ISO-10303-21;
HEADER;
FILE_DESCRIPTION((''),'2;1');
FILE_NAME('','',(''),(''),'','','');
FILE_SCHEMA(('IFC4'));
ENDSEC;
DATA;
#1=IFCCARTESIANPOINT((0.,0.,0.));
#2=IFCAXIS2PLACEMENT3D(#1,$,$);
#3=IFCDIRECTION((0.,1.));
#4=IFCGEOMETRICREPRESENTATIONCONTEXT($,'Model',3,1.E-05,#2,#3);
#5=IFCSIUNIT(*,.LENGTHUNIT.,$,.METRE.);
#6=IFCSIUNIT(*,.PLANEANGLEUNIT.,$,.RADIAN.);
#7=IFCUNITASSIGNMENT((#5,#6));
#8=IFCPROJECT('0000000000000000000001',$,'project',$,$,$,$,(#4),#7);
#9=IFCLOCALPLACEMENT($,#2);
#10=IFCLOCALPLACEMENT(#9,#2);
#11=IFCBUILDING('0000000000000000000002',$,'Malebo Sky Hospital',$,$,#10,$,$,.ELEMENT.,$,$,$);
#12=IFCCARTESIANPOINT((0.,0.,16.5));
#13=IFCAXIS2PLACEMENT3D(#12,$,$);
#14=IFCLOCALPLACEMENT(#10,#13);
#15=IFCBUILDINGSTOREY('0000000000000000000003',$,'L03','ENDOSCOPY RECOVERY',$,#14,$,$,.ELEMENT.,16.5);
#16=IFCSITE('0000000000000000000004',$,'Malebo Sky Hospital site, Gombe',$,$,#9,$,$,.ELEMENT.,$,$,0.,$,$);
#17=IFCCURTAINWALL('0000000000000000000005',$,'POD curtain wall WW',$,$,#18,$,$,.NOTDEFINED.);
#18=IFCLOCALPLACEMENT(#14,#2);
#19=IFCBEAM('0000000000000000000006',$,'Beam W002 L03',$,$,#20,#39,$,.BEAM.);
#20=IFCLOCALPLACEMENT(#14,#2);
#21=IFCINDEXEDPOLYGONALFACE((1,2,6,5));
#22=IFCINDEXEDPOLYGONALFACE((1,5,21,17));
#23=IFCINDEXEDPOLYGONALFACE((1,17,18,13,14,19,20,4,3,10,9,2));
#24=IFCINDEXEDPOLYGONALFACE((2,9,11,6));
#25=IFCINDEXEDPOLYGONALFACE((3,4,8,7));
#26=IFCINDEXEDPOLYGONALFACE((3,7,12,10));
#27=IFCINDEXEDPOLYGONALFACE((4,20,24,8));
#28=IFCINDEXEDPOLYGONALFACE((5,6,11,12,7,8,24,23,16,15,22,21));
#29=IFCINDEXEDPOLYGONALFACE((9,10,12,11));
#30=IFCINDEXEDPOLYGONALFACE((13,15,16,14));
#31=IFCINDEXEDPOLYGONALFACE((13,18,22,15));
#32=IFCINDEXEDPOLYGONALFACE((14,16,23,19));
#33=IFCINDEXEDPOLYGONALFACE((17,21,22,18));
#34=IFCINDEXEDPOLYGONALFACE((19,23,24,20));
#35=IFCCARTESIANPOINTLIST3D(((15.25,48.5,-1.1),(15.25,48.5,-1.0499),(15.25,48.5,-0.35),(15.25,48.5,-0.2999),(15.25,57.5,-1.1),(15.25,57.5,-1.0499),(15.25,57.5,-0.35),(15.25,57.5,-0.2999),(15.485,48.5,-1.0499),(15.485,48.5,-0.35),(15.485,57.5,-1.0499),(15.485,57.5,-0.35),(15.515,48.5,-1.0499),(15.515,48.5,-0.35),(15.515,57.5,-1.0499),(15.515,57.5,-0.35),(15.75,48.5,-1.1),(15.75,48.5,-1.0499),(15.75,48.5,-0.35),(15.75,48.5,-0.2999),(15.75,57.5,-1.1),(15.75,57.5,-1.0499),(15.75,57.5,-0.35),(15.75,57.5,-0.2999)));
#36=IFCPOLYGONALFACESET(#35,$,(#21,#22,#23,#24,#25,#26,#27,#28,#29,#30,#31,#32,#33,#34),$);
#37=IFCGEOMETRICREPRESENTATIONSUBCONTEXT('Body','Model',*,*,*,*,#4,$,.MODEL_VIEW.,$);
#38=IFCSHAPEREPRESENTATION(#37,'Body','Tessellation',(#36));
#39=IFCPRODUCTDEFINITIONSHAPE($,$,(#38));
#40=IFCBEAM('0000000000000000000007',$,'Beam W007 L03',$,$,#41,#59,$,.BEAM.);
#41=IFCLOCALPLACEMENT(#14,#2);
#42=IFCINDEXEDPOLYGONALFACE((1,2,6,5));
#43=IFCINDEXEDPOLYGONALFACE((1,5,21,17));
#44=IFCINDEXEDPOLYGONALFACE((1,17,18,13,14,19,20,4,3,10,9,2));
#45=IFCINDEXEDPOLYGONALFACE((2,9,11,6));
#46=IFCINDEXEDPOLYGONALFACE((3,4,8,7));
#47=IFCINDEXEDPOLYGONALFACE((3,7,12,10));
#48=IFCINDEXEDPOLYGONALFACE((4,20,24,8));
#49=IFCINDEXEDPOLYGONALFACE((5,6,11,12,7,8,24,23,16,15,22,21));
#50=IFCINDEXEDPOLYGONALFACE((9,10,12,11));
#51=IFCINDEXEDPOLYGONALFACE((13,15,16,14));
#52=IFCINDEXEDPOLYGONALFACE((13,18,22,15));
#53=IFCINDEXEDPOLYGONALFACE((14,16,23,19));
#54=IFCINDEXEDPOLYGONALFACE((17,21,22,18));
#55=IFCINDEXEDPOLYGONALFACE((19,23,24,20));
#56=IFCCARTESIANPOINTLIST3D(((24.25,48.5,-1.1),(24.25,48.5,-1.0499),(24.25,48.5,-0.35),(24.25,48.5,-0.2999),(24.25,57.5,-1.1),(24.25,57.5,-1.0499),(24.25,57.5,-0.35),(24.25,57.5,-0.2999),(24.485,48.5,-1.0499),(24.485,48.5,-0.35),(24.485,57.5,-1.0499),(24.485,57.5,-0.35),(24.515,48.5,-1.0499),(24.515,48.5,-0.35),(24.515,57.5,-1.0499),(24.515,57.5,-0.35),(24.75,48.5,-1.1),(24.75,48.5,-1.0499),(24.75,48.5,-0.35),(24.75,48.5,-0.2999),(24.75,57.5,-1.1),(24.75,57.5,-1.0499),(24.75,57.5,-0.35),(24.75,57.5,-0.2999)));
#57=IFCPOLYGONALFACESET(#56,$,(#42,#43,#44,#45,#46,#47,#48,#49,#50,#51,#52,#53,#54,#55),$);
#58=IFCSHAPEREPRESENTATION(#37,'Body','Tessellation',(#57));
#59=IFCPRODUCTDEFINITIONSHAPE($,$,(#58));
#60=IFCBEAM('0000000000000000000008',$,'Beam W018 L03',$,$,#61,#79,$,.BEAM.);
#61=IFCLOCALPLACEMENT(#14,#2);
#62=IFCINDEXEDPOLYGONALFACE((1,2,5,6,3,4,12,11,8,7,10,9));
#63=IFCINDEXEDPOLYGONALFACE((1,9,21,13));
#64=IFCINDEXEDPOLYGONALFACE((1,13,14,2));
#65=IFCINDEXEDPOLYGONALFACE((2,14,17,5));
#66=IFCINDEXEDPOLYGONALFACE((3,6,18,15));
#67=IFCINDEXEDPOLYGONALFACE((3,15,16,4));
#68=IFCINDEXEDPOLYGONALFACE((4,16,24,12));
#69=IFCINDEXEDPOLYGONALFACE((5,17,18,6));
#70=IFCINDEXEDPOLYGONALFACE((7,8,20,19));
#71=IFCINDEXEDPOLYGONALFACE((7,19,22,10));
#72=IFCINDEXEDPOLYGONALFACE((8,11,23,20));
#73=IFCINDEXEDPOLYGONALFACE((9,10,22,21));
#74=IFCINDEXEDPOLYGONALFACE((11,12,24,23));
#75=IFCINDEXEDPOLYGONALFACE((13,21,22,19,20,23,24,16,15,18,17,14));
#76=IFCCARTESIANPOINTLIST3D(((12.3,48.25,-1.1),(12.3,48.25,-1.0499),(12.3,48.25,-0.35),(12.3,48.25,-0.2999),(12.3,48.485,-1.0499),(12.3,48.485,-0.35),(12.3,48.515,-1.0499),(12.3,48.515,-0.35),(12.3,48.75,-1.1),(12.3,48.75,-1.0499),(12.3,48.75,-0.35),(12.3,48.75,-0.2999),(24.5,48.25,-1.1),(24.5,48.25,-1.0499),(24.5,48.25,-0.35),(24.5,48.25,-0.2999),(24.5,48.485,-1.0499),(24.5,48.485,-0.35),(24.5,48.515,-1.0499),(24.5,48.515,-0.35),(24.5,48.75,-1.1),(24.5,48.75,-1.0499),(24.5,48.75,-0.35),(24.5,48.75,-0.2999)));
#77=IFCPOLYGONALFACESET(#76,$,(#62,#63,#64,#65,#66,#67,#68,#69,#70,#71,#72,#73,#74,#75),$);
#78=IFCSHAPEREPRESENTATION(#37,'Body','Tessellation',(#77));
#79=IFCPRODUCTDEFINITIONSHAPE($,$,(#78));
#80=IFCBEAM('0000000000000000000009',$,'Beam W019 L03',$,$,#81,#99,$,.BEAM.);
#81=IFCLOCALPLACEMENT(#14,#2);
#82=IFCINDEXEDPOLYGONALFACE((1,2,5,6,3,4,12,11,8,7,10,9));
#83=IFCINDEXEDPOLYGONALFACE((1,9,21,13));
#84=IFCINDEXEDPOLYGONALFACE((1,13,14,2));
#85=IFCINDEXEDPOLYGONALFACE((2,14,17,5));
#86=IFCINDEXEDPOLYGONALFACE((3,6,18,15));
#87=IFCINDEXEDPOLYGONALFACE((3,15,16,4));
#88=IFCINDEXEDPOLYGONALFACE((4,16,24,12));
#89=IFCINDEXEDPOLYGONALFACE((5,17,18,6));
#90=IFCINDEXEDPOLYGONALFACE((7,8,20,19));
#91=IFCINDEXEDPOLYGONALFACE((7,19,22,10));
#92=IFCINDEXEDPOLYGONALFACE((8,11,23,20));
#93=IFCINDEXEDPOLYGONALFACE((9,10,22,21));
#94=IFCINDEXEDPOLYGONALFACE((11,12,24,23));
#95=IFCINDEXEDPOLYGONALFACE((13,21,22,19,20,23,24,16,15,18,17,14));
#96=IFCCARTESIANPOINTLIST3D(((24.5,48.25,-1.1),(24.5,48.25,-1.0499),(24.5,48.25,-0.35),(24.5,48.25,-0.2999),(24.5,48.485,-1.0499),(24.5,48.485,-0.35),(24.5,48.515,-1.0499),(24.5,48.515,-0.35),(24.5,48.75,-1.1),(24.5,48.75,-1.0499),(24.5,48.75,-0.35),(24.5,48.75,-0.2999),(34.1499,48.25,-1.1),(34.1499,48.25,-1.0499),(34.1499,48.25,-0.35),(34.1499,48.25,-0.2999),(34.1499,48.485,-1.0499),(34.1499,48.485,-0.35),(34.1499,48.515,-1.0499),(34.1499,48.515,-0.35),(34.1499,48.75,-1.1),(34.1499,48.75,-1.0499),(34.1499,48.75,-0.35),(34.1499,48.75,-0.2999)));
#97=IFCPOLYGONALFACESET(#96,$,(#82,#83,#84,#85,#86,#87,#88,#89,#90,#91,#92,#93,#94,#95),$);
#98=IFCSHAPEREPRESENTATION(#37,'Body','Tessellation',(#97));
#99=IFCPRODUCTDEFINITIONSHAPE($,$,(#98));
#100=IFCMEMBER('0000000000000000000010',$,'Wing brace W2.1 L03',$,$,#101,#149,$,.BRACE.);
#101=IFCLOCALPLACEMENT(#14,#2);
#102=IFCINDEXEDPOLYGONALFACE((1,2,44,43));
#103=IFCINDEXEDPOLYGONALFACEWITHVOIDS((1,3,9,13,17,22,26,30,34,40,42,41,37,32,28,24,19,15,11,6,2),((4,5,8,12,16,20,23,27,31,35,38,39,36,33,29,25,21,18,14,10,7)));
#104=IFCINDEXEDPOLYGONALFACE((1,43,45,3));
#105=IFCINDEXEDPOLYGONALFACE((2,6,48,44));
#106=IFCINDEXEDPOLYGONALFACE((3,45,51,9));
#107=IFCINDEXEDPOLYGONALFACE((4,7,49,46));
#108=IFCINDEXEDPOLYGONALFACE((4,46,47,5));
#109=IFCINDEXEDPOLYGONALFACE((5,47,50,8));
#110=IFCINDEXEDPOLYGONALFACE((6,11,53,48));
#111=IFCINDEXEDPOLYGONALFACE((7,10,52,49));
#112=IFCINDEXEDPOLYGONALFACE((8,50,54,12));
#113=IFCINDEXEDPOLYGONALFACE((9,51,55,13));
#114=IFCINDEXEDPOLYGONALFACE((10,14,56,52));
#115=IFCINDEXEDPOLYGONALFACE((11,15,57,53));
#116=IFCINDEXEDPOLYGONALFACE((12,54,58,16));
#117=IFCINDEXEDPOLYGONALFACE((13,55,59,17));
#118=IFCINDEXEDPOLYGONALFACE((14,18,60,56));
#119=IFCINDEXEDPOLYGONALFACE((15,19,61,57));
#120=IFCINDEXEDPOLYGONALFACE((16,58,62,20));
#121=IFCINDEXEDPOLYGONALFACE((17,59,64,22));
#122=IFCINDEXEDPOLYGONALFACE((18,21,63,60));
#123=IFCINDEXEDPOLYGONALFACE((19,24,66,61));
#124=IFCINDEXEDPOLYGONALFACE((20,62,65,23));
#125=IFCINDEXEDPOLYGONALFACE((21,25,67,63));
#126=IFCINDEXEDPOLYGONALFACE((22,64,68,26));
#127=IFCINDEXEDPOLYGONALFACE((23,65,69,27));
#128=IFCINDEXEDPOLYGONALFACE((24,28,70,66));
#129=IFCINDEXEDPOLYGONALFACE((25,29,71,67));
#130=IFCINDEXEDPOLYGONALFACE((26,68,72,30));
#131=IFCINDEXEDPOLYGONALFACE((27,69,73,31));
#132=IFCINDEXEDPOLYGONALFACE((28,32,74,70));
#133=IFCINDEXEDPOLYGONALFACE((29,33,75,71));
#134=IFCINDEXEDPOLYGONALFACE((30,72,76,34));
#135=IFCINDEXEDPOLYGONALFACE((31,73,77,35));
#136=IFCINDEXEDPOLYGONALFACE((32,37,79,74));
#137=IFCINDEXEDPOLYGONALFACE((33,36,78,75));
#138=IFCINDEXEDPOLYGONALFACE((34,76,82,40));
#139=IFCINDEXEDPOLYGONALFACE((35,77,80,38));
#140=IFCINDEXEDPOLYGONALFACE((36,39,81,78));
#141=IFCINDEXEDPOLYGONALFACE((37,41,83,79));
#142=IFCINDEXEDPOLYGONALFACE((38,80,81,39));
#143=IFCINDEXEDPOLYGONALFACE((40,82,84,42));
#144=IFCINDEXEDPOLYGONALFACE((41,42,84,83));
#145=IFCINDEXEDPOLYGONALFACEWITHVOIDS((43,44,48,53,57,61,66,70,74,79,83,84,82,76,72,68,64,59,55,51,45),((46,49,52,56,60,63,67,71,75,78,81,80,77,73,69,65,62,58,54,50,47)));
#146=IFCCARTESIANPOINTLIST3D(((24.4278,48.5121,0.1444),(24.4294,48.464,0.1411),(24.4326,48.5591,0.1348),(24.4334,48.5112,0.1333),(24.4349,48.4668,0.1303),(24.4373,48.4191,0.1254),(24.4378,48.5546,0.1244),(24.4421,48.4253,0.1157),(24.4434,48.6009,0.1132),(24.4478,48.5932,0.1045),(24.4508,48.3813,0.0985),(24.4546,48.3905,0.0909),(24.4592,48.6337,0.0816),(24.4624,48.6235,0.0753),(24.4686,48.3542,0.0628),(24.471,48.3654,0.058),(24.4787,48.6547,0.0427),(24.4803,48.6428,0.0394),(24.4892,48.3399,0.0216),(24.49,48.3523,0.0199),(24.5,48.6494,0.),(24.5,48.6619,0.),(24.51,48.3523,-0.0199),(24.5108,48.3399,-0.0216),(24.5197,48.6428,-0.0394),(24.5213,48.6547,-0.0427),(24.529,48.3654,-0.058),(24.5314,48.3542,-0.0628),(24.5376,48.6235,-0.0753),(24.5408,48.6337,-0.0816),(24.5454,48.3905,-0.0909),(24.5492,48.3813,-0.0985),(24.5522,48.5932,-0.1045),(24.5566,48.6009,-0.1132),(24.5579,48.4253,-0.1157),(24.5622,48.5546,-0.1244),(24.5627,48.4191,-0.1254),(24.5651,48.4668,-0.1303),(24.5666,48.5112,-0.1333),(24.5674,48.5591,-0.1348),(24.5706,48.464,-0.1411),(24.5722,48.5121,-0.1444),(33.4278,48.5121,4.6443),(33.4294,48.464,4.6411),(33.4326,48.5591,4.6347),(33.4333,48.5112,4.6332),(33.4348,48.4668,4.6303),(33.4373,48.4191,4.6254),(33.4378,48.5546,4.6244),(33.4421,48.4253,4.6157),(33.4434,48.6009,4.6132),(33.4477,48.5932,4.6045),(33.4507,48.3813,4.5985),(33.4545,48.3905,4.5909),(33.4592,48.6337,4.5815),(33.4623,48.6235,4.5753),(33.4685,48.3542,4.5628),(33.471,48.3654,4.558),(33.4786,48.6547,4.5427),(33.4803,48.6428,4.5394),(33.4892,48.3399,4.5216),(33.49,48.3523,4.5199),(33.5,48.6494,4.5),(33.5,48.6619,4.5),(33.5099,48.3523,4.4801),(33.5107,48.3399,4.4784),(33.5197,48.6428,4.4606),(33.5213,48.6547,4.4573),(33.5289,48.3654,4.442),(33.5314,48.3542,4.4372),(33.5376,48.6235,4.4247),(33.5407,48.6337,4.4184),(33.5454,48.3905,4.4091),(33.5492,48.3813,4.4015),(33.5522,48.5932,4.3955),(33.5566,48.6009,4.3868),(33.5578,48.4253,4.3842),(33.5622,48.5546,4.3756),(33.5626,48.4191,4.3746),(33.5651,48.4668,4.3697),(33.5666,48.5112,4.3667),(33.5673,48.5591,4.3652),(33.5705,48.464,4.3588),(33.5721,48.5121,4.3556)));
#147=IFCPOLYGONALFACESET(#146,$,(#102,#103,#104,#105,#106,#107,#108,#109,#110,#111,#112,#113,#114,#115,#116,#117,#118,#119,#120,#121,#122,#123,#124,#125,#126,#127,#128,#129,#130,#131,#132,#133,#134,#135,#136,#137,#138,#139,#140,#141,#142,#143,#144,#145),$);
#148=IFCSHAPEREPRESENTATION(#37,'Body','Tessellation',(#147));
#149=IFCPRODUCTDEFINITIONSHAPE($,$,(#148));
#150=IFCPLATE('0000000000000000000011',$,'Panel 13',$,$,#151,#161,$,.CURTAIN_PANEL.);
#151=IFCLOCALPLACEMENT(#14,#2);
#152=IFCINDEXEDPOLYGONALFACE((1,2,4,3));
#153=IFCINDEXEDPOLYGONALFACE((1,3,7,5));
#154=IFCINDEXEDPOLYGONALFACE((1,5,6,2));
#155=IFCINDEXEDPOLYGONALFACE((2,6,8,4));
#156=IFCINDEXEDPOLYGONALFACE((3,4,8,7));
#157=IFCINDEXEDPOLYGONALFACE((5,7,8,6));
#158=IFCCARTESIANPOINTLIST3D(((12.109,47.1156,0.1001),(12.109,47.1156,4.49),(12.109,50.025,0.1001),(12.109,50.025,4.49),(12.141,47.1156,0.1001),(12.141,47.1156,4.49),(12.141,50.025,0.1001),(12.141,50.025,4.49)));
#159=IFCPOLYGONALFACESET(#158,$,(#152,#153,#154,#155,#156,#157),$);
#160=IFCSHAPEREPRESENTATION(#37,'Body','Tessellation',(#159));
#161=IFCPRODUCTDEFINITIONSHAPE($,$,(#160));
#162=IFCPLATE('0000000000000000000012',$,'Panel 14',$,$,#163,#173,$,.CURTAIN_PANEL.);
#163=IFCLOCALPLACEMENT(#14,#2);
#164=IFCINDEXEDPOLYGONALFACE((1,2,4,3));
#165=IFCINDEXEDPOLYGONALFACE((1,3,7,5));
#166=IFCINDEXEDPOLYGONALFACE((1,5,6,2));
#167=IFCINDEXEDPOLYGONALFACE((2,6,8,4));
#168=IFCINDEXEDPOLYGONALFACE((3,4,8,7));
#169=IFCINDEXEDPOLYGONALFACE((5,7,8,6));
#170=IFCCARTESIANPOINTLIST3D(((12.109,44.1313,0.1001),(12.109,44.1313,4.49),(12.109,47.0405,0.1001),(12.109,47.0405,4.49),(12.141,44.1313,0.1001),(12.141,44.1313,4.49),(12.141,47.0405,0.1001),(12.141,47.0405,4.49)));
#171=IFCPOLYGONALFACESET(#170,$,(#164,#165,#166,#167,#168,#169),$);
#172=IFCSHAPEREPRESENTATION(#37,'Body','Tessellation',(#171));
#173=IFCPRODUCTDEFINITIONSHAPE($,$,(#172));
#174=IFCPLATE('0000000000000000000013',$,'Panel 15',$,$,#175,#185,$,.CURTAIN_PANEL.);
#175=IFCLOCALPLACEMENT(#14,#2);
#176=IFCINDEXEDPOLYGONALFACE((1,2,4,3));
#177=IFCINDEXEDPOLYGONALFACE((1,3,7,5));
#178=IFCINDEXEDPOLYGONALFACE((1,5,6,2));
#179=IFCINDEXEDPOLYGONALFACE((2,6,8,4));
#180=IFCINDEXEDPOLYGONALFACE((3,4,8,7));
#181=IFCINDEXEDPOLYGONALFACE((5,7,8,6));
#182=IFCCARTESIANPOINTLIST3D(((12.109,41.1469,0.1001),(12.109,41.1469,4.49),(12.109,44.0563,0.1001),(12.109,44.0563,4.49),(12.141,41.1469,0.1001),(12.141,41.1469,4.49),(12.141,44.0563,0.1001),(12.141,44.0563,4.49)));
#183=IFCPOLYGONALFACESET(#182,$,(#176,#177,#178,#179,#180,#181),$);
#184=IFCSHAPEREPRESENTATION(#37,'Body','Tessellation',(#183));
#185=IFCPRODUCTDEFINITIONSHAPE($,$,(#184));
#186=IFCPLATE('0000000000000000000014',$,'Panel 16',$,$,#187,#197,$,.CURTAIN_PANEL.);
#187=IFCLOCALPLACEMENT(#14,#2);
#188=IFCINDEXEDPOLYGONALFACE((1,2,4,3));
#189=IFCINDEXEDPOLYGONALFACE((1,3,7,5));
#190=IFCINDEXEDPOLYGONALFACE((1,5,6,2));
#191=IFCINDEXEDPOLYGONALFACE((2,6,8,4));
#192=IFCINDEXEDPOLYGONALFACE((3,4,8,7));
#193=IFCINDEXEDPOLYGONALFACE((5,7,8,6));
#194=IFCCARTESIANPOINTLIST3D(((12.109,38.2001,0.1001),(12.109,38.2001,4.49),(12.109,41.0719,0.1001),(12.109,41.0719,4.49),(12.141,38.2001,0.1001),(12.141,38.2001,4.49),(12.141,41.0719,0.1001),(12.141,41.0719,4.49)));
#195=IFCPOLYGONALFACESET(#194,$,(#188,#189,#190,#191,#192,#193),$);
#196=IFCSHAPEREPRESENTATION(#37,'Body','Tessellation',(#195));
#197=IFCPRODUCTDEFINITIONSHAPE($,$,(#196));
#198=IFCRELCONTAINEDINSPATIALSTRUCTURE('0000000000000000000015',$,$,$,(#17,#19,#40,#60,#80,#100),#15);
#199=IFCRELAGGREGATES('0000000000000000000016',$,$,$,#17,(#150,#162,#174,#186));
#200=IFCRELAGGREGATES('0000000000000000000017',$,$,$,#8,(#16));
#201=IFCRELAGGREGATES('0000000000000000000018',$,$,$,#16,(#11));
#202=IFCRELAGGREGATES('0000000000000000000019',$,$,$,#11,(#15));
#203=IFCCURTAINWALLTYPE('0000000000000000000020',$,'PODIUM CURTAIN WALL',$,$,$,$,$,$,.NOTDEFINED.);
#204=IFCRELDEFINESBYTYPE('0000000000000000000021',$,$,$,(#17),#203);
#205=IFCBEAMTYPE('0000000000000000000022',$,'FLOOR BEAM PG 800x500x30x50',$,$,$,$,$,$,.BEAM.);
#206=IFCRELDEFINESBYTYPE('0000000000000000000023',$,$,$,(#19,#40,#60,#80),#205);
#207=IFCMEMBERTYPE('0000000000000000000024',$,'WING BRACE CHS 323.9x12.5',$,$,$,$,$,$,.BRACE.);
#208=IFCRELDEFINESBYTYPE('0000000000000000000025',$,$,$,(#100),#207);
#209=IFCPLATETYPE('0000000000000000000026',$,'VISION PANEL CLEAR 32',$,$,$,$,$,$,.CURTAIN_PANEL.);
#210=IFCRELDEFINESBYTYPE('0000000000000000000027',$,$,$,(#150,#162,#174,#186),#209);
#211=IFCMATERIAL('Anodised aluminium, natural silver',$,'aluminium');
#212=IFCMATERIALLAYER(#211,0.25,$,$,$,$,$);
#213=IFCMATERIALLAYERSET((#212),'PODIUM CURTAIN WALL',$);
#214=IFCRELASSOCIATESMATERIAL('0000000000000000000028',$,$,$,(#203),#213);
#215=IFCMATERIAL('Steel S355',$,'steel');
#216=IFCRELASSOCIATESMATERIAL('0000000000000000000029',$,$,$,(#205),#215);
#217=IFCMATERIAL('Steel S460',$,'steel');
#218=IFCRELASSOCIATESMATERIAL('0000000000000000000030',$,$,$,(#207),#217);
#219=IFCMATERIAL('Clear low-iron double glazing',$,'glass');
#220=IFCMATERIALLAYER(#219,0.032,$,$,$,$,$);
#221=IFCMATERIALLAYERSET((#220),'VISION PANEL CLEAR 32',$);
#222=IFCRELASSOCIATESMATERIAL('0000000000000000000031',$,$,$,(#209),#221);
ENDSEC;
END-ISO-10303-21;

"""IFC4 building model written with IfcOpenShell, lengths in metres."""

from ifc_helpers import new_model, si_unit, direction, frame, origin, origin_2d, place, context, subcontext, project, spatial, rectangle, hollow_circle, i_section, extrude, material, layer, layer_set, material_profile, profile_set, type_object, element, aggregate, save


model = new_model("IFC4")

# Units and contexts
model_context = context("Model", 3, precision=1e-05, world=origin(), true_north=direction((0.0, 1.0)))
body_context = subcontext(model_context, "Body", "Model", "MODEL_VIEW")
ifc_project = project(units=[si_unit("LENGTHUNIT", "METRE"), si_unit("PLANEANGLEUNIT", "RADIAN")], contexts=[model_context])

# Site, building, storey
site_placement = place(None, origin())
site = spatial("IfcSite", under=ifc_project, at=site_placement, Name="Malebo Sky Hospital site, Gombe", CompositionType="ELEMENT", RefElevation=0.0)
building_placement = place(site_placement, origin())
building = spatial("IfcBuilding", under=site, at=building_placement, Name="Malebo Sky Hospital", CompositionType="ELEMENT")
storey_placement = place(building_placement, frame((0.0, 0.0, 16.5)))
storey = spatial("IfcBuildingStorey", under=building, at=storey_placement, Name="L03", Description="ENDOSCOPY RECOVERY", CompositionType="ELEMENT", Elevation=16.5)

# Shared definitions
ifc_material_1 = material(Name="Steel S355", Category="steel")

# Curtain wall
ifc_material_2 = material(Name="Anodised aluminium, natural silver", Category="aluminium")
ifc_layer_1 = layer(ifc_material_2, 0.25)
ifc_layer_set_1 = layer_set([ifc_layer_1], Name="PODIUM CURTAIN WALL")
curtain_wall_type = type_object("IfcCurtainWallType", Name="PODIUM CURTAIN WALL", PredefinedType="NOTDEFINED", material=ifc_layer_set_1)
curtain_wall_placement = place(storey_placement, origin())
curtain_wall = element("IfcCurtainWall", 1, at=curtain_wall_placement, inside=storey, type_object=curtain_wall_type, Name="POD curtain wall WW", PredefinedType="NOTDEFINED")

# Beams
ifc_material_profile_1 = material_profile(ifc_material_1, i_section(OverallWidth=0.5, OverallDepth=0.8, WebThickness=0.03, FlangeThickness=0.05, at=origin_2d()), Name="PG 800x500x30x50")
ifc_profile_set_1 = profile_set([ifc_material_profile_1], Name="Steel S355")
beam_type = type_object("IfcBeamType", Name="FLOOR BEAM PG 800x500x30x50", PredefinedType="BEAM", material=ifc_profile_set_1)
for number, where, z_axis, x_axis, name in (
    (2, (15.5, 48.5, -0.7), (0.0, 1.0, 0.0), (-1.0, 0.0, 0.0), "Beam W002 L03"),
    (3, (24.5, 48.5, -0.7), (0.0, 1.0, 0.0), (-1.0, 0.0, 0.0), "Beam W007 L03"),
):
    element("IfcBeam", number, at=place(storey_placement, frame(where, z_axis=z_axis, x_axis=x_axis)), inside=storey, type_object=beam_type, Name=name, PredefinedType="BEAM", context=body_context, shape_type="SweptSolid", body=[
        extrude(i_section(OverallWidth=0.5, OverallDepth=0.8, WebThickness=0.03, FlangeThickness=0.05, at=origin_2d()), origin(), (0.0, 0.0, 1.0), 9.0),
    ])
beam_1_placement = place(storey_placement, frame((12.3, 48.5, -0.7), z_axis=(1.0, 0.0, 0.0), x_axis=(0.0, 1.0, 0.0)))
element("IfcBeam", 4, at=beam_1_placement, inside=storey, type_object=beam_type, Name="Beam W018 L03", PredefinedType="BEAM", context=body_context, shape_type="SweptSolid", body=[
    extrude(i_section(OverallWidth=0.5, OverallDepth=0.8, WebThickness=0.03, FlangeThickness=0.05, at=origin_2d()), origin(), (0.0, 0.0, 1.0), 12.2),
])
beam_2_placement = place(storey_placement, frame((24.5, 48.5, -0.7), z_axis=(1.0, 0.0, 0.0), x_axis=(0.0, 1.0, 0.0)))
element("IfcBeam", 5, at=beam_2_placement, inside=storey, type_object=beam_type, Name="Beam W019 L03", PredefinedType="BEAM", context=body_context, shape_type="SweptSolid", body=[
    extrude(i_section(OverallWidth=0.5, OverallDepth=0.8, WebThickness=0.03, FlangeThickness=0.05, at=origin_2d()), origin(), (0.0, 0.0, 1.0), 9.6499),
])

# Member
ifc_material_3 = material(Name="Steel S460", Category="steel")
ifc_material_profile_2 = material_profile(ifc_material_3, hollow_circle(Radius=0.1619, WallThickness=0.0125, at=origin_2d()), Name="CHS 323.9x12.5")
ifc_profile_set_2 = profile_set([ifc_material_profile_2], Name="Steel S460")
member_type_1 = type_object("IfcMemberType", Name="WING BRACE CHS 323.9x12.5", PredefinedType="BRACE", material=ifc_profile_set_2)
member_1_placement = place(storey_placement, frame((24.5, 48.5, 0.0), z_axis=(0.894427, 0.0, 0.447214), x_axis=(0.0, 1.0, 0.0)))
element("IfcMember", 6, at=member_1_placement, inside=storey, type_object=member_type_1, Name="Wing brace W2.1 L03", PredefinedType="BRACE", context=body_context, shape_type="SweptSolid", body=[
    extrude(hollow_circle(Radius=0.1619, WallThickness=0.0125, at=origin_2d()), origin(), (0.0, 0.0, 1.0), 10.0623),
])

# Plates
ifc_material_4 = material(Name="Clear low-iron double glazing", Category="glass")
ifc_layer_2 = layer(ifc_material_4, 0.032)
ifc_layer_set_2 = layer_set([ifc_layer_2], Name="VISION PANEL CLEAR 32")
plate_type = type_object("IfcPlateType", Name="VISION PANEL CLEAR 32", PredefinedType="CURTAIN_PANEL", material=ifc_layer_set_2)
plate_1_placement = place(storey_placement, frame((12.125, 48.5703, 0.1001), z_axis=(0.0, 0.0, 1.0), x_axis=(0.0, -1.0, 0.0)))
plate_1 = element("IfcPlate", 7, at=plate_1_placement, type_object=plate_type, Name="Panel 13", PredefinedType="CURTAIN_PANEL", context=body_context, shape_type="SweptSolid", body=[
    extrude(rectangle(XDim=2.9094, YDim=0.032, at=origin_2d()), origin(), (0.0, 0.0, 1.0), 4.3899),
])
plate_2_placement = place(storey_placement, frame((12.125, 45.5859, 0.1001), z_axis=(0.0, 0.0, 1.0), x_axis=(0.0, -1.0, 0.0)))
plate_2 = element("IfcPlate", 8, at=plate_2_placement, type_object=plate_type, Name="Panel 14", PredefinedType="CURTAIN_PANEL", context=body_context, shape_type="SweptSolid", body=[
    extrude(rectangle(XDim=2.9092, YDim=0.032, at=origin_2d()), origin(), (0.0, 0.0, 1.0), 4.3899),
])
plate_3_placement = place(storey_placement, frame((12.125, 42.6016, 0.1001), z_axis=(0.0, 0.0, 1.0), x_axis=(0.0, -1.0, 0.0)))
plate_3 = element("IfcPlate", 9, at=plate_3_placement, type_object=plate_type, Name="Panel 15", PredefinedType="CURTAIN_PANEL", context=body_context, shape_type="SweptSolid", body=[
    extrude(rectangle(XDim=2.9094, YDim=0.032, at=origin_2d()), origin(), (0.0, 0.0, 1.0), 4.3899),
])
plate_4_placement = place(storey_placement, frame((12.125, 39.636, 0.1001), z_axis=(0.0, 0.0, 1.0), x_axis=(0.0, -1.0, 0.0)))
plate_4 = element("IfcPlate", 10, at=plate_4_placement, type_object=plate_type, Name="Panel 16", PredefinedType="CURTAIN_PANEL", context=body_context, shape_type="SweptSolid", body=[
    extrude(rectangle(XDim=2.8718, YDim=0.032, at=origin_2d()), origin(), (0.0, 0.0, 1.0), 4.3899),
])
aggregate(curtain_wall, [plate_1, plate_2, plate_3, plate_4])

save(model, "model.ifc")
